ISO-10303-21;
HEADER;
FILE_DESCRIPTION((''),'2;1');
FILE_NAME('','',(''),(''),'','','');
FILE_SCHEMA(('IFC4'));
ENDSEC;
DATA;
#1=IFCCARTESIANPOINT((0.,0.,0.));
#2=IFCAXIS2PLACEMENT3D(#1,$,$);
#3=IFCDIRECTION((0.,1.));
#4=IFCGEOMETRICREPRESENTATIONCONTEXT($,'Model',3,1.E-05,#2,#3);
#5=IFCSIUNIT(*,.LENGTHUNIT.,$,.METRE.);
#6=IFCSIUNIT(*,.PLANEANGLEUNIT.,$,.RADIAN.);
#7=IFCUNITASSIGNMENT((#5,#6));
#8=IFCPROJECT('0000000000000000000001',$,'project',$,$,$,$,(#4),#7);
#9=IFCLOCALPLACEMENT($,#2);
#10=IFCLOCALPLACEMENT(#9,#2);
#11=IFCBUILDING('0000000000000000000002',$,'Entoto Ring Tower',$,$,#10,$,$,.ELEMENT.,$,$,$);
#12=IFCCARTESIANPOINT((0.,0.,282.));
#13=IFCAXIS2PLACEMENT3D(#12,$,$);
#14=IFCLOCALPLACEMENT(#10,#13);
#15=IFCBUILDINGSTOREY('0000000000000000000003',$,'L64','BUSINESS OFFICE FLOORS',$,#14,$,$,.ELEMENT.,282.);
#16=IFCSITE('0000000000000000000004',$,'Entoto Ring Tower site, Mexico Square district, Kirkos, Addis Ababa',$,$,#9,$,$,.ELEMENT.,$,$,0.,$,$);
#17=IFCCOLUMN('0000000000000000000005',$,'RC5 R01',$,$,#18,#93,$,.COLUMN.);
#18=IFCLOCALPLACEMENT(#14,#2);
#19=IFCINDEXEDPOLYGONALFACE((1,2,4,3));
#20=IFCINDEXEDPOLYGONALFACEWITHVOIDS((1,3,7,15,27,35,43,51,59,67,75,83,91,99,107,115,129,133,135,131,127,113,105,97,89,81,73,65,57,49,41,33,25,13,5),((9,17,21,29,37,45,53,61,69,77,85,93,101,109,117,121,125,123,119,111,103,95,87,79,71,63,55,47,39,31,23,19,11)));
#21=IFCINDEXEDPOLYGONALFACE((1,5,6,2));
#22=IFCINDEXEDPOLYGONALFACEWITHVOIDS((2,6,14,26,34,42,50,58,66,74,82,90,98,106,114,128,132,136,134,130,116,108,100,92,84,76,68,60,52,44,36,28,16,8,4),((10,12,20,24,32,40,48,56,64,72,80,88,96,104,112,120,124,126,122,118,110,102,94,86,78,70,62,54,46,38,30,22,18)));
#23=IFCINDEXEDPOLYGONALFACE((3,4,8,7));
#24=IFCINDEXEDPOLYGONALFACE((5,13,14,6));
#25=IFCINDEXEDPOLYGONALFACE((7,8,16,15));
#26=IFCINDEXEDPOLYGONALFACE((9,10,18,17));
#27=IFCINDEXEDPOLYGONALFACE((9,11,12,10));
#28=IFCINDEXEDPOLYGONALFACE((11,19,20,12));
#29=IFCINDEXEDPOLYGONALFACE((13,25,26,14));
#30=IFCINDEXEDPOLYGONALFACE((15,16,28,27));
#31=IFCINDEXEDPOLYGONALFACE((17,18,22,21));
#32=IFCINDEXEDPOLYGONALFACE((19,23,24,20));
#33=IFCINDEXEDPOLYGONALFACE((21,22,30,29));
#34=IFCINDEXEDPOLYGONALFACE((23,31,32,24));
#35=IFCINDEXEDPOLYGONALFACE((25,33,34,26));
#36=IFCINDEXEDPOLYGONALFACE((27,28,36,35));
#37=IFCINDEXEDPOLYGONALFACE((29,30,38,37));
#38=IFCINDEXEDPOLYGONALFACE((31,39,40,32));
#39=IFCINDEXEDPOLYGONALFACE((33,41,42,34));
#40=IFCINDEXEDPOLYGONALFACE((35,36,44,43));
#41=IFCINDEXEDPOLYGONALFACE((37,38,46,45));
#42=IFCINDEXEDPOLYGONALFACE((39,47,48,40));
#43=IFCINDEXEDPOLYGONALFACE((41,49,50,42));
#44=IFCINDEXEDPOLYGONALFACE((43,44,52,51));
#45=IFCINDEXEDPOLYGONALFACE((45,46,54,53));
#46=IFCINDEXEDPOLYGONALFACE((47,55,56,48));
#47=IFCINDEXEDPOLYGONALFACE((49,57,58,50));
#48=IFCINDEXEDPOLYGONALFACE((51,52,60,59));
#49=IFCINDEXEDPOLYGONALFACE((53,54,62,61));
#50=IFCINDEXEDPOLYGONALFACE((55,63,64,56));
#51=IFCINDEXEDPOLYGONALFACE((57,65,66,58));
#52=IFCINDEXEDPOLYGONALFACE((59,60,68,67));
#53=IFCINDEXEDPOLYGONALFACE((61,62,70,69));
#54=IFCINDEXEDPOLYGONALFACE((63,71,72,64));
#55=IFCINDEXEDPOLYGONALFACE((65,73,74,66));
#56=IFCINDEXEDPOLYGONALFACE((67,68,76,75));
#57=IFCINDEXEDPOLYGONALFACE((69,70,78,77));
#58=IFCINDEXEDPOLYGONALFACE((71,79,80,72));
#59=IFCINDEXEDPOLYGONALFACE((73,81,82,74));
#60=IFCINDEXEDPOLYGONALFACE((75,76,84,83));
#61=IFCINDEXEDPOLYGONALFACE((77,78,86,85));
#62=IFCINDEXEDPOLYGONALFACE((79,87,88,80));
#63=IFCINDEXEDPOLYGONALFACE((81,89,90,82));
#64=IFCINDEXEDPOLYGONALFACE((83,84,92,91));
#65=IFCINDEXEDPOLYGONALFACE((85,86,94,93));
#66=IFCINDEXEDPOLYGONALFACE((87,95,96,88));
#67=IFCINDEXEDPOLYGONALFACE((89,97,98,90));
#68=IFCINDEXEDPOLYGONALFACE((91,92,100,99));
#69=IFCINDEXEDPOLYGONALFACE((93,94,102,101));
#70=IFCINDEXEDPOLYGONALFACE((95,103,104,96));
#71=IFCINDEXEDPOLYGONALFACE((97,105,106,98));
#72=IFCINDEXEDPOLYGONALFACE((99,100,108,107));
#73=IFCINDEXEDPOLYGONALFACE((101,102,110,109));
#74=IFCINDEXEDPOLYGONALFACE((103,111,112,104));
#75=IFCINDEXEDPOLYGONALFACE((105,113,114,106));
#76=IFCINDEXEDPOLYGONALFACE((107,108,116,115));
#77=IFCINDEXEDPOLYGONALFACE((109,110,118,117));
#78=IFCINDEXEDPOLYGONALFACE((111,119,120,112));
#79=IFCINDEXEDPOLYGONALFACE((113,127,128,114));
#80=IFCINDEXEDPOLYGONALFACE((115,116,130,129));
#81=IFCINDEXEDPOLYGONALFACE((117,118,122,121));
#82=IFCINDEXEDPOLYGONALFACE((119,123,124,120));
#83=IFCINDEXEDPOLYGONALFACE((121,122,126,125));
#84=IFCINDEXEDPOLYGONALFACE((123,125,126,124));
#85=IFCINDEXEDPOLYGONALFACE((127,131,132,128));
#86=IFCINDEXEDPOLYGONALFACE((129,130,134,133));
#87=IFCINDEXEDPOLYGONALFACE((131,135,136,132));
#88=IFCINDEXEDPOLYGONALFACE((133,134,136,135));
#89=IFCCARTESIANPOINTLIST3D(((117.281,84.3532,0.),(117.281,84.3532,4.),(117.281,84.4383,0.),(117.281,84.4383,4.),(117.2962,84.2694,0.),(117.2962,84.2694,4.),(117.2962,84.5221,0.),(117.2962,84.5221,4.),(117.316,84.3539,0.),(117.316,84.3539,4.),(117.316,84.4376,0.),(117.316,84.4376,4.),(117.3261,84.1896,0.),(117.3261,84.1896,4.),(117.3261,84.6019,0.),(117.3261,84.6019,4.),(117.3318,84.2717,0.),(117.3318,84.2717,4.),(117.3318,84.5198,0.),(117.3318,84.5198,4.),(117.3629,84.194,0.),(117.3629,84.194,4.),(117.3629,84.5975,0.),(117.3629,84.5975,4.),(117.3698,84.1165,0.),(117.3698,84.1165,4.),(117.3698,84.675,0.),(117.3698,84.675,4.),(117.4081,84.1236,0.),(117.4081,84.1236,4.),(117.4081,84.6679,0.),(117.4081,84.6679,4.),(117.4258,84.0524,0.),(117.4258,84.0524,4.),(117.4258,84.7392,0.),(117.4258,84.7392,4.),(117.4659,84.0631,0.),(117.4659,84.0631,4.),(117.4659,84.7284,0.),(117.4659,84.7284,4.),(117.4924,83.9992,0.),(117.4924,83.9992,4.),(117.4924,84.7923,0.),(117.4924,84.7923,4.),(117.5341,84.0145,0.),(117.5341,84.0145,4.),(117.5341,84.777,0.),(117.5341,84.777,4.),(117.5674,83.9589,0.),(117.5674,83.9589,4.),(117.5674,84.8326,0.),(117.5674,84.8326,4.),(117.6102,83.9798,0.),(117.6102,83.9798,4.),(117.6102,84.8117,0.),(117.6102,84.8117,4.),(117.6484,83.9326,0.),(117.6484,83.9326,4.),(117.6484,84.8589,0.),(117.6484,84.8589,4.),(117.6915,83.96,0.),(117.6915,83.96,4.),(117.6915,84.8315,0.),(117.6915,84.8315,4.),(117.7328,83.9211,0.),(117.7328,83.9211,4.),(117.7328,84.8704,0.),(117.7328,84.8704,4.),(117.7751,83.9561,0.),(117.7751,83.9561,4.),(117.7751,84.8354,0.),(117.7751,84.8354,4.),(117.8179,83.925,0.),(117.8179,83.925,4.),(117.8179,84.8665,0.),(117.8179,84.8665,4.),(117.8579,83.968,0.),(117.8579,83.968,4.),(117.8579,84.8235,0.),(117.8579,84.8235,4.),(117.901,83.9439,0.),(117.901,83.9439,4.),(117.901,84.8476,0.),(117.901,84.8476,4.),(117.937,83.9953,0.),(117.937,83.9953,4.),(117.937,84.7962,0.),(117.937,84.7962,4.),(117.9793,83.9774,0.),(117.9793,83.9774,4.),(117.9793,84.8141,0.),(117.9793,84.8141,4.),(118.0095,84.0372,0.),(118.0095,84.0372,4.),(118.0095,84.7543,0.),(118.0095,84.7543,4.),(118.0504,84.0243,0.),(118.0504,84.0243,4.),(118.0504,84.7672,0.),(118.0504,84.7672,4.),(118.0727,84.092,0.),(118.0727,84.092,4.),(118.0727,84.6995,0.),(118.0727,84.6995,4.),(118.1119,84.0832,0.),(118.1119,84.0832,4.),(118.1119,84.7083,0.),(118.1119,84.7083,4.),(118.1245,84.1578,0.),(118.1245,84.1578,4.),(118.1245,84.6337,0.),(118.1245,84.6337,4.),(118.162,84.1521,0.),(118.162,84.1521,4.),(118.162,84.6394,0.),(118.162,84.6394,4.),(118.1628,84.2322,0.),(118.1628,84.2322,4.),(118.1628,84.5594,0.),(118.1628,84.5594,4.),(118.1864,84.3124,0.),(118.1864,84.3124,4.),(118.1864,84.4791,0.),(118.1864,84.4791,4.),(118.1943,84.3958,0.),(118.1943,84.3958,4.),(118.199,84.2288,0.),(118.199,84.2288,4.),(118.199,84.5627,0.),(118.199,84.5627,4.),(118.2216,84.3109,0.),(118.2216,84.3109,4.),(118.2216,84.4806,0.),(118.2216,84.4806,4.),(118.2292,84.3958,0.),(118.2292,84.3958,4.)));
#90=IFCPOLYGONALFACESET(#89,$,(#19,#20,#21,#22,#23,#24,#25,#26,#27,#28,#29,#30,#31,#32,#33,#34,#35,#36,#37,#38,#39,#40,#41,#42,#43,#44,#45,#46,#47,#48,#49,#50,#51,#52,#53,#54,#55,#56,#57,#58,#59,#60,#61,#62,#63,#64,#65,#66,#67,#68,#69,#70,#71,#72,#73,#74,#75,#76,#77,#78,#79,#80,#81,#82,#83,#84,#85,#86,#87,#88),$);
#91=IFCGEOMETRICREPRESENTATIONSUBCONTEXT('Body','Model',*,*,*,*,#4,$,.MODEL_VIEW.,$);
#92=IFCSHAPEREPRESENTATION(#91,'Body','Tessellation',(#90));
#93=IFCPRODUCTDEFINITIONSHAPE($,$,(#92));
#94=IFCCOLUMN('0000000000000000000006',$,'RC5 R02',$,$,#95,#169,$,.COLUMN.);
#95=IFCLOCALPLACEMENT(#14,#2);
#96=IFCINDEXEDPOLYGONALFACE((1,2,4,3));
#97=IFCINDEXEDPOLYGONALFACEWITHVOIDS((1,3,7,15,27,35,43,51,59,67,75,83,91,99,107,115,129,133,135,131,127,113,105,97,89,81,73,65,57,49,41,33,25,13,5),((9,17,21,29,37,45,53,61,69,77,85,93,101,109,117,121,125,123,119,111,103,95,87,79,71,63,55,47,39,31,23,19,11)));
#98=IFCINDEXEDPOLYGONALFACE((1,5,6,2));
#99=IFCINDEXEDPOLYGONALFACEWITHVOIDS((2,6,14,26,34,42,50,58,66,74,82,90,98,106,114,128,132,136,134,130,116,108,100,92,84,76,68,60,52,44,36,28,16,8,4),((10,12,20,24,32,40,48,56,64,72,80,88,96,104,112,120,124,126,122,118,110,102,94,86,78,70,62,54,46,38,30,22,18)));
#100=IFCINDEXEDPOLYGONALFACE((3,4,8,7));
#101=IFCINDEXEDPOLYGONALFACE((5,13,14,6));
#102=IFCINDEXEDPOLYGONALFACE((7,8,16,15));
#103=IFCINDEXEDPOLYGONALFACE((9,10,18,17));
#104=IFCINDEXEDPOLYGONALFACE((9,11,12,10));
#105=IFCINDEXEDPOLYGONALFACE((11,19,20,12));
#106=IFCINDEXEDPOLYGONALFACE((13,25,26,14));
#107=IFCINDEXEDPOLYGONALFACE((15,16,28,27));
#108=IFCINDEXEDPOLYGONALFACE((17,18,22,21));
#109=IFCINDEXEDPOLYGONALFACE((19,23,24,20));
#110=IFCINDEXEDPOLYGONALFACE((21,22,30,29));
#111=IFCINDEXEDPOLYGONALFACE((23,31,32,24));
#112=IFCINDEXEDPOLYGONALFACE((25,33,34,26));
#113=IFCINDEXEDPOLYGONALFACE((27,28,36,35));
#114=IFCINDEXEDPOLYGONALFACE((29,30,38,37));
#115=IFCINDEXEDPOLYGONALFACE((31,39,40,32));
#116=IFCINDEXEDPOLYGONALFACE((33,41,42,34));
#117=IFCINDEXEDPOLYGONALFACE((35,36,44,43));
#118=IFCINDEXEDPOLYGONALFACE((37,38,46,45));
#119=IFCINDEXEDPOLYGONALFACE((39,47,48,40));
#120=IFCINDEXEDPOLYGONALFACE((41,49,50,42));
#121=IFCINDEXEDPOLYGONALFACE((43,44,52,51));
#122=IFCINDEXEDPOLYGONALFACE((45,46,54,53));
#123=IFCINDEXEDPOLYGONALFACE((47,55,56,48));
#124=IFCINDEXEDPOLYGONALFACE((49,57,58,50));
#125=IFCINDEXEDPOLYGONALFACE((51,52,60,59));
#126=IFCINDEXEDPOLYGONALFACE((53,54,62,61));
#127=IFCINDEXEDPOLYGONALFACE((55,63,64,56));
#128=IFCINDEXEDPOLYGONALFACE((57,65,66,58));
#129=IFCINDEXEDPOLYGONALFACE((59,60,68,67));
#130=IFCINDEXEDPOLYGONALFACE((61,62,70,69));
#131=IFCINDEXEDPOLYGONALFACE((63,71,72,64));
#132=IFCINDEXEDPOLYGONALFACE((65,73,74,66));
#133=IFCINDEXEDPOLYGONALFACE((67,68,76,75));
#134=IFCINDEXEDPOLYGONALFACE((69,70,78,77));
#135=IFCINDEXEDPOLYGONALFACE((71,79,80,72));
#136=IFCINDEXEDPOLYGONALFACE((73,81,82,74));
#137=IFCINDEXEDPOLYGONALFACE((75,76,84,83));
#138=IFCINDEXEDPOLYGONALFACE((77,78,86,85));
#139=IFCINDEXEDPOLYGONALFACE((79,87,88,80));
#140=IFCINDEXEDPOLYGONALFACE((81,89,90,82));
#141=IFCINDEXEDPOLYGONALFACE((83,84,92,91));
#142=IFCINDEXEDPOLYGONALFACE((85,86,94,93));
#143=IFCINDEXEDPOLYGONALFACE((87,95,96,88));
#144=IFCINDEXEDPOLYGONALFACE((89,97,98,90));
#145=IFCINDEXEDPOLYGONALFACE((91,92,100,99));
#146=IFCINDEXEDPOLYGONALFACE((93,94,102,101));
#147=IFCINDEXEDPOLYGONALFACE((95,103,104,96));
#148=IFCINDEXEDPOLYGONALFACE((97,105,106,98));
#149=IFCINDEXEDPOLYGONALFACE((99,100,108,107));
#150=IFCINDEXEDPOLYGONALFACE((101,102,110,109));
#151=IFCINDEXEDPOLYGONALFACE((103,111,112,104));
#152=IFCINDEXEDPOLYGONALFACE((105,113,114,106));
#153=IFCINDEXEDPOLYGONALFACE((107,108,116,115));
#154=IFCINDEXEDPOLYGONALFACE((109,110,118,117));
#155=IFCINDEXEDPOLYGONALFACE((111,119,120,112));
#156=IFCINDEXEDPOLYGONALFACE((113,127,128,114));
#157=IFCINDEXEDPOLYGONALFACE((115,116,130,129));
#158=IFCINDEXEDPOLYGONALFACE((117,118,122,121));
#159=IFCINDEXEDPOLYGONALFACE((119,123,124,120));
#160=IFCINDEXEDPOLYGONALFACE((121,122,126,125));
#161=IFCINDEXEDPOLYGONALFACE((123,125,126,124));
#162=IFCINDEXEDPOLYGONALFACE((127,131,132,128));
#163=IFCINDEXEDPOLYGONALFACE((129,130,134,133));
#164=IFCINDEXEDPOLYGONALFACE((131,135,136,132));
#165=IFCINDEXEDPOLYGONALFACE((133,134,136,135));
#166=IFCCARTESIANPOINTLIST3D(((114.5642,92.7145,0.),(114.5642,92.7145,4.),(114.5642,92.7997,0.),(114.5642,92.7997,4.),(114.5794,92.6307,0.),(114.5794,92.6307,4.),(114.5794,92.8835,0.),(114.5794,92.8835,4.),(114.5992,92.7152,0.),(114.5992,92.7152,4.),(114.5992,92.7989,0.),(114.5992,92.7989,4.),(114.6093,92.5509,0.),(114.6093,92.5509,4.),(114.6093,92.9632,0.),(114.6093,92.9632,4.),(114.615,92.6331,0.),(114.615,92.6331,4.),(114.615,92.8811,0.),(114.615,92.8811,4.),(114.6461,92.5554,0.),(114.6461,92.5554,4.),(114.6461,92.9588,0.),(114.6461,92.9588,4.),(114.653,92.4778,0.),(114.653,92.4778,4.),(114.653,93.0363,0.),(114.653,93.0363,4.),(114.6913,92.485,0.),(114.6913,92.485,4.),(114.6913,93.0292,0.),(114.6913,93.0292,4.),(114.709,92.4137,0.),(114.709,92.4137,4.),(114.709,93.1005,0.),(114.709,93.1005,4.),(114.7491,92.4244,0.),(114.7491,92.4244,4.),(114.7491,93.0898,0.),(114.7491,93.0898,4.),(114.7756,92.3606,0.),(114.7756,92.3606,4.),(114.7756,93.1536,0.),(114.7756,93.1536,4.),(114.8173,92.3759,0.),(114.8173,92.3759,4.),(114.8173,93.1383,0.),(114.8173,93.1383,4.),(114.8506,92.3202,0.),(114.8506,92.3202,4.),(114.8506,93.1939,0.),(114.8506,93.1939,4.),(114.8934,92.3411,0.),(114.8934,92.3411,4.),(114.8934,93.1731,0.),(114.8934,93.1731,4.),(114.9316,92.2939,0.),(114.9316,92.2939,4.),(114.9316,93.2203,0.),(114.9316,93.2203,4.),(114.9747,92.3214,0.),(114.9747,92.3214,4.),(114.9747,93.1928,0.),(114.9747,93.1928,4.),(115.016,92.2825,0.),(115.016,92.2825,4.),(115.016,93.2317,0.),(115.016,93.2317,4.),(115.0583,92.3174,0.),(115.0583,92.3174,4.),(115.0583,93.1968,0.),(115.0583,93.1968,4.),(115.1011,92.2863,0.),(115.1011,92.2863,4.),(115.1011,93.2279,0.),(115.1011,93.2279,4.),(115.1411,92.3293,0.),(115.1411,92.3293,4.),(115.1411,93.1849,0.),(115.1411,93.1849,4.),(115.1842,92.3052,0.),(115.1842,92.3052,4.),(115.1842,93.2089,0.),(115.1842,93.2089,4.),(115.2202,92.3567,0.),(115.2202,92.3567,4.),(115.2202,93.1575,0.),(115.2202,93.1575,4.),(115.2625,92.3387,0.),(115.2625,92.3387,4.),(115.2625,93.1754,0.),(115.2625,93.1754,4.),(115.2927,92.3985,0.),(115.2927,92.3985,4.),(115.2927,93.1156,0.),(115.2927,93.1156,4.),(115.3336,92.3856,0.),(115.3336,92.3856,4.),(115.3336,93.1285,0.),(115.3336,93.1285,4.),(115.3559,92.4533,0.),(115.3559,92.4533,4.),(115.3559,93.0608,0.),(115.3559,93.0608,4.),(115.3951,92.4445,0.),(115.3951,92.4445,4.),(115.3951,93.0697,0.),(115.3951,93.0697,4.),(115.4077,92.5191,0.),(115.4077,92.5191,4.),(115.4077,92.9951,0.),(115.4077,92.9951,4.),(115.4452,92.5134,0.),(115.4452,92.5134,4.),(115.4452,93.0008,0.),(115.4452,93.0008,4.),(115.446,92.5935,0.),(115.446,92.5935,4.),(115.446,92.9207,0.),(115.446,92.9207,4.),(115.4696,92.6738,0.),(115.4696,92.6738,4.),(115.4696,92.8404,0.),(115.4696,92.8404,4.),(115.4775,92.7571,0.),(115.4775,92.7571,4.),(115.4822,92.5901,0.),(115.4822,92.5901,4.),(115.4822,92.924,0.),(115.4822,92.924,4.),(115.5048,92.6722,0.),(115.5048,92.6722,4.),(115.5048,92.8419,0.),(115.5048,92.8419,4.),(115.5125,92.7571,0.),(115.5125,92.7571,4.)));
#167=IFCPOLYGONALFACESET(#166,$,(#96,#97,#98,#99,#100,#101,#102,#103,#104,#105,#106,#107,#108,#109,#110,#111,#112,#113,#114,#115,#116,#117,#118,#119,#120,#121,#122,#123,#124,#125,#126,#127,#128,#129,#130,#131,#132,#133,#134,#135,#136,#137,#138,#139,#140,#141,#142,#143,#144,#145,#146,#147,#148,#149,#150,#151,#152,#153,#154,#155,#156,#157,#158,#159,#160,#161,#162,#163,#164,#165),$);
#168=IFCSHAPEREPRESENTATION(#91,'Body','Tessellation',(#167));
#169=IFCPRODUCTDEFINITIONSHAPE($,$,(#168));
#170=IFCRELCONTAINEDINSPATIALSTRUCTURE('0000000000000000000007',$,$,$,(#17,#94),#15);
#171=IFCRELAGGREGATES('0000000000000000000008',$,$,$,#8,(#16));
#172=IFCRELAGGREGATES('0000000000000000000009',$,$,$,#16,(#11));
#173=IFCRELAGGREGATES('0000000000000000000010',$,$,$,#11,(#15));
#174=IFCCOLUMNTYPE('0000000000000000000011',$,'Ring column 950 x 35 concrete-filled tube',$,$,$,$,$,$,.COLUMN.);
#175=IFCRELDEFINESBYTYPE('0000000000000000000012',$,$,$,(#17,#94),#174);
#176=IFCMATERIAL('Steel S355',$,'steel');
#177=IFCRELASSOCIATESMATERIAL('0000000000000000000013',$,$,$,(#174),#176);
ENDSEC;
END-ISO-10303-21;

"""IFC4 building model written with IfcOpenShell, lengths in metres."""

from ifc_helpers import new_model, si_unit, direction, frame, origin, origin_2d, place, context, subcontext, project, spatial, circle, hollow_circle, extrude, material, material_profile, profile_set, type_object, element, save


model = new_model("IFC4")

# Units and contexts
model_context = context("Model", 3, precision=1e-05, world=origin(), true_north=direction((0.0, 1.0)))
body_context = subcontext(model_context, "Body", "Model", "MODEL_VIEW")
ifc_project = project(units=[si_unit("LENGTHUNIT", "METRE"), si_unit("PLANEANGLEUNIT", "RADIAN")], contexts=[model_context])

# Site, building, storey
site_placement = place(None, origin())
site = spatial("IfcSite", under=ifc_project, at=site_placement, Name="Entoto Ring Tower site, Mexico Square district, Kirkos, Addis Ababa", CompositionType="ELEMENT", RefElevation=0.0)
building_placement = place(site_placement, origin())
building = spatial("IfcBuilding", under=site, at=building_placement, Name="Entoto Ring Tower", CompositionType="ELEMENT")
storey_placement = place(building_placement, frame((0.0, 0.0, 282.0)))
storey = spatial("IfcBuildingStorey", under=building, at=storey_placement, Name="L64", Description="BUSINESS OFFICE FLOORS", CompositionType="ELEMENT", Elevation=282.0)

# Columns
ifc_material_1 = material(Name="Steel S355", Category="steel")
ifc_material_profile_1 = material_profile(ifc_material_1, hollow_circle(Radius=0.4751, WallThickness=0.0349, at=origin_2d()), Name="CHS 950 x 35")
ifc_material_2 = material(Name="Concrete C60/75", Category="concrete")
ifc_material_profile_2 = material_profile(ifc_material_2, circle(Radius=0.4399, at=origin_2d()), Name="Concrete C60/75 infill")
ifc_profile_set_1 = profile_set([ifc_material_profile_1, ifc_material_profile_2], Name="Steel S355")
column_type = type_object("IfcColumnType", Name="Ring column 950 x 35 concrete-filled tube", PredefinedType="COLUMN", material=ifc_profile_set_1)
for number, where, z_axis, x_axis, name in (
    (1, (117.7542, 84.3958, 0.0), (0.0, 0.0, 1.0), (1.0, 0.0, 0.0), "RC5 R01"),
    (2, (115.0374, 92.7571, 0.0), (0.0, 0.0, 1.0), (1.0, 0.0, 0.0), "RC5 R02"),
):
    element("IfcColumn", number, at=place(storey_placement, frame(where, z_axis=z_axis, x_axis=x_axis)), inside=storey, type_object=column_type, Name=name, PredefinedType="COLUMN", context=body_context, shape_type="SweptSolid", body=[
        extrude(hollow_circle(Radius=0.4751, WallThickness=0.0349, at=origin_2d()), origin(), (0.0, 0.0, 1.0), 4.0),
    ])

save(model, "model.ifc")
